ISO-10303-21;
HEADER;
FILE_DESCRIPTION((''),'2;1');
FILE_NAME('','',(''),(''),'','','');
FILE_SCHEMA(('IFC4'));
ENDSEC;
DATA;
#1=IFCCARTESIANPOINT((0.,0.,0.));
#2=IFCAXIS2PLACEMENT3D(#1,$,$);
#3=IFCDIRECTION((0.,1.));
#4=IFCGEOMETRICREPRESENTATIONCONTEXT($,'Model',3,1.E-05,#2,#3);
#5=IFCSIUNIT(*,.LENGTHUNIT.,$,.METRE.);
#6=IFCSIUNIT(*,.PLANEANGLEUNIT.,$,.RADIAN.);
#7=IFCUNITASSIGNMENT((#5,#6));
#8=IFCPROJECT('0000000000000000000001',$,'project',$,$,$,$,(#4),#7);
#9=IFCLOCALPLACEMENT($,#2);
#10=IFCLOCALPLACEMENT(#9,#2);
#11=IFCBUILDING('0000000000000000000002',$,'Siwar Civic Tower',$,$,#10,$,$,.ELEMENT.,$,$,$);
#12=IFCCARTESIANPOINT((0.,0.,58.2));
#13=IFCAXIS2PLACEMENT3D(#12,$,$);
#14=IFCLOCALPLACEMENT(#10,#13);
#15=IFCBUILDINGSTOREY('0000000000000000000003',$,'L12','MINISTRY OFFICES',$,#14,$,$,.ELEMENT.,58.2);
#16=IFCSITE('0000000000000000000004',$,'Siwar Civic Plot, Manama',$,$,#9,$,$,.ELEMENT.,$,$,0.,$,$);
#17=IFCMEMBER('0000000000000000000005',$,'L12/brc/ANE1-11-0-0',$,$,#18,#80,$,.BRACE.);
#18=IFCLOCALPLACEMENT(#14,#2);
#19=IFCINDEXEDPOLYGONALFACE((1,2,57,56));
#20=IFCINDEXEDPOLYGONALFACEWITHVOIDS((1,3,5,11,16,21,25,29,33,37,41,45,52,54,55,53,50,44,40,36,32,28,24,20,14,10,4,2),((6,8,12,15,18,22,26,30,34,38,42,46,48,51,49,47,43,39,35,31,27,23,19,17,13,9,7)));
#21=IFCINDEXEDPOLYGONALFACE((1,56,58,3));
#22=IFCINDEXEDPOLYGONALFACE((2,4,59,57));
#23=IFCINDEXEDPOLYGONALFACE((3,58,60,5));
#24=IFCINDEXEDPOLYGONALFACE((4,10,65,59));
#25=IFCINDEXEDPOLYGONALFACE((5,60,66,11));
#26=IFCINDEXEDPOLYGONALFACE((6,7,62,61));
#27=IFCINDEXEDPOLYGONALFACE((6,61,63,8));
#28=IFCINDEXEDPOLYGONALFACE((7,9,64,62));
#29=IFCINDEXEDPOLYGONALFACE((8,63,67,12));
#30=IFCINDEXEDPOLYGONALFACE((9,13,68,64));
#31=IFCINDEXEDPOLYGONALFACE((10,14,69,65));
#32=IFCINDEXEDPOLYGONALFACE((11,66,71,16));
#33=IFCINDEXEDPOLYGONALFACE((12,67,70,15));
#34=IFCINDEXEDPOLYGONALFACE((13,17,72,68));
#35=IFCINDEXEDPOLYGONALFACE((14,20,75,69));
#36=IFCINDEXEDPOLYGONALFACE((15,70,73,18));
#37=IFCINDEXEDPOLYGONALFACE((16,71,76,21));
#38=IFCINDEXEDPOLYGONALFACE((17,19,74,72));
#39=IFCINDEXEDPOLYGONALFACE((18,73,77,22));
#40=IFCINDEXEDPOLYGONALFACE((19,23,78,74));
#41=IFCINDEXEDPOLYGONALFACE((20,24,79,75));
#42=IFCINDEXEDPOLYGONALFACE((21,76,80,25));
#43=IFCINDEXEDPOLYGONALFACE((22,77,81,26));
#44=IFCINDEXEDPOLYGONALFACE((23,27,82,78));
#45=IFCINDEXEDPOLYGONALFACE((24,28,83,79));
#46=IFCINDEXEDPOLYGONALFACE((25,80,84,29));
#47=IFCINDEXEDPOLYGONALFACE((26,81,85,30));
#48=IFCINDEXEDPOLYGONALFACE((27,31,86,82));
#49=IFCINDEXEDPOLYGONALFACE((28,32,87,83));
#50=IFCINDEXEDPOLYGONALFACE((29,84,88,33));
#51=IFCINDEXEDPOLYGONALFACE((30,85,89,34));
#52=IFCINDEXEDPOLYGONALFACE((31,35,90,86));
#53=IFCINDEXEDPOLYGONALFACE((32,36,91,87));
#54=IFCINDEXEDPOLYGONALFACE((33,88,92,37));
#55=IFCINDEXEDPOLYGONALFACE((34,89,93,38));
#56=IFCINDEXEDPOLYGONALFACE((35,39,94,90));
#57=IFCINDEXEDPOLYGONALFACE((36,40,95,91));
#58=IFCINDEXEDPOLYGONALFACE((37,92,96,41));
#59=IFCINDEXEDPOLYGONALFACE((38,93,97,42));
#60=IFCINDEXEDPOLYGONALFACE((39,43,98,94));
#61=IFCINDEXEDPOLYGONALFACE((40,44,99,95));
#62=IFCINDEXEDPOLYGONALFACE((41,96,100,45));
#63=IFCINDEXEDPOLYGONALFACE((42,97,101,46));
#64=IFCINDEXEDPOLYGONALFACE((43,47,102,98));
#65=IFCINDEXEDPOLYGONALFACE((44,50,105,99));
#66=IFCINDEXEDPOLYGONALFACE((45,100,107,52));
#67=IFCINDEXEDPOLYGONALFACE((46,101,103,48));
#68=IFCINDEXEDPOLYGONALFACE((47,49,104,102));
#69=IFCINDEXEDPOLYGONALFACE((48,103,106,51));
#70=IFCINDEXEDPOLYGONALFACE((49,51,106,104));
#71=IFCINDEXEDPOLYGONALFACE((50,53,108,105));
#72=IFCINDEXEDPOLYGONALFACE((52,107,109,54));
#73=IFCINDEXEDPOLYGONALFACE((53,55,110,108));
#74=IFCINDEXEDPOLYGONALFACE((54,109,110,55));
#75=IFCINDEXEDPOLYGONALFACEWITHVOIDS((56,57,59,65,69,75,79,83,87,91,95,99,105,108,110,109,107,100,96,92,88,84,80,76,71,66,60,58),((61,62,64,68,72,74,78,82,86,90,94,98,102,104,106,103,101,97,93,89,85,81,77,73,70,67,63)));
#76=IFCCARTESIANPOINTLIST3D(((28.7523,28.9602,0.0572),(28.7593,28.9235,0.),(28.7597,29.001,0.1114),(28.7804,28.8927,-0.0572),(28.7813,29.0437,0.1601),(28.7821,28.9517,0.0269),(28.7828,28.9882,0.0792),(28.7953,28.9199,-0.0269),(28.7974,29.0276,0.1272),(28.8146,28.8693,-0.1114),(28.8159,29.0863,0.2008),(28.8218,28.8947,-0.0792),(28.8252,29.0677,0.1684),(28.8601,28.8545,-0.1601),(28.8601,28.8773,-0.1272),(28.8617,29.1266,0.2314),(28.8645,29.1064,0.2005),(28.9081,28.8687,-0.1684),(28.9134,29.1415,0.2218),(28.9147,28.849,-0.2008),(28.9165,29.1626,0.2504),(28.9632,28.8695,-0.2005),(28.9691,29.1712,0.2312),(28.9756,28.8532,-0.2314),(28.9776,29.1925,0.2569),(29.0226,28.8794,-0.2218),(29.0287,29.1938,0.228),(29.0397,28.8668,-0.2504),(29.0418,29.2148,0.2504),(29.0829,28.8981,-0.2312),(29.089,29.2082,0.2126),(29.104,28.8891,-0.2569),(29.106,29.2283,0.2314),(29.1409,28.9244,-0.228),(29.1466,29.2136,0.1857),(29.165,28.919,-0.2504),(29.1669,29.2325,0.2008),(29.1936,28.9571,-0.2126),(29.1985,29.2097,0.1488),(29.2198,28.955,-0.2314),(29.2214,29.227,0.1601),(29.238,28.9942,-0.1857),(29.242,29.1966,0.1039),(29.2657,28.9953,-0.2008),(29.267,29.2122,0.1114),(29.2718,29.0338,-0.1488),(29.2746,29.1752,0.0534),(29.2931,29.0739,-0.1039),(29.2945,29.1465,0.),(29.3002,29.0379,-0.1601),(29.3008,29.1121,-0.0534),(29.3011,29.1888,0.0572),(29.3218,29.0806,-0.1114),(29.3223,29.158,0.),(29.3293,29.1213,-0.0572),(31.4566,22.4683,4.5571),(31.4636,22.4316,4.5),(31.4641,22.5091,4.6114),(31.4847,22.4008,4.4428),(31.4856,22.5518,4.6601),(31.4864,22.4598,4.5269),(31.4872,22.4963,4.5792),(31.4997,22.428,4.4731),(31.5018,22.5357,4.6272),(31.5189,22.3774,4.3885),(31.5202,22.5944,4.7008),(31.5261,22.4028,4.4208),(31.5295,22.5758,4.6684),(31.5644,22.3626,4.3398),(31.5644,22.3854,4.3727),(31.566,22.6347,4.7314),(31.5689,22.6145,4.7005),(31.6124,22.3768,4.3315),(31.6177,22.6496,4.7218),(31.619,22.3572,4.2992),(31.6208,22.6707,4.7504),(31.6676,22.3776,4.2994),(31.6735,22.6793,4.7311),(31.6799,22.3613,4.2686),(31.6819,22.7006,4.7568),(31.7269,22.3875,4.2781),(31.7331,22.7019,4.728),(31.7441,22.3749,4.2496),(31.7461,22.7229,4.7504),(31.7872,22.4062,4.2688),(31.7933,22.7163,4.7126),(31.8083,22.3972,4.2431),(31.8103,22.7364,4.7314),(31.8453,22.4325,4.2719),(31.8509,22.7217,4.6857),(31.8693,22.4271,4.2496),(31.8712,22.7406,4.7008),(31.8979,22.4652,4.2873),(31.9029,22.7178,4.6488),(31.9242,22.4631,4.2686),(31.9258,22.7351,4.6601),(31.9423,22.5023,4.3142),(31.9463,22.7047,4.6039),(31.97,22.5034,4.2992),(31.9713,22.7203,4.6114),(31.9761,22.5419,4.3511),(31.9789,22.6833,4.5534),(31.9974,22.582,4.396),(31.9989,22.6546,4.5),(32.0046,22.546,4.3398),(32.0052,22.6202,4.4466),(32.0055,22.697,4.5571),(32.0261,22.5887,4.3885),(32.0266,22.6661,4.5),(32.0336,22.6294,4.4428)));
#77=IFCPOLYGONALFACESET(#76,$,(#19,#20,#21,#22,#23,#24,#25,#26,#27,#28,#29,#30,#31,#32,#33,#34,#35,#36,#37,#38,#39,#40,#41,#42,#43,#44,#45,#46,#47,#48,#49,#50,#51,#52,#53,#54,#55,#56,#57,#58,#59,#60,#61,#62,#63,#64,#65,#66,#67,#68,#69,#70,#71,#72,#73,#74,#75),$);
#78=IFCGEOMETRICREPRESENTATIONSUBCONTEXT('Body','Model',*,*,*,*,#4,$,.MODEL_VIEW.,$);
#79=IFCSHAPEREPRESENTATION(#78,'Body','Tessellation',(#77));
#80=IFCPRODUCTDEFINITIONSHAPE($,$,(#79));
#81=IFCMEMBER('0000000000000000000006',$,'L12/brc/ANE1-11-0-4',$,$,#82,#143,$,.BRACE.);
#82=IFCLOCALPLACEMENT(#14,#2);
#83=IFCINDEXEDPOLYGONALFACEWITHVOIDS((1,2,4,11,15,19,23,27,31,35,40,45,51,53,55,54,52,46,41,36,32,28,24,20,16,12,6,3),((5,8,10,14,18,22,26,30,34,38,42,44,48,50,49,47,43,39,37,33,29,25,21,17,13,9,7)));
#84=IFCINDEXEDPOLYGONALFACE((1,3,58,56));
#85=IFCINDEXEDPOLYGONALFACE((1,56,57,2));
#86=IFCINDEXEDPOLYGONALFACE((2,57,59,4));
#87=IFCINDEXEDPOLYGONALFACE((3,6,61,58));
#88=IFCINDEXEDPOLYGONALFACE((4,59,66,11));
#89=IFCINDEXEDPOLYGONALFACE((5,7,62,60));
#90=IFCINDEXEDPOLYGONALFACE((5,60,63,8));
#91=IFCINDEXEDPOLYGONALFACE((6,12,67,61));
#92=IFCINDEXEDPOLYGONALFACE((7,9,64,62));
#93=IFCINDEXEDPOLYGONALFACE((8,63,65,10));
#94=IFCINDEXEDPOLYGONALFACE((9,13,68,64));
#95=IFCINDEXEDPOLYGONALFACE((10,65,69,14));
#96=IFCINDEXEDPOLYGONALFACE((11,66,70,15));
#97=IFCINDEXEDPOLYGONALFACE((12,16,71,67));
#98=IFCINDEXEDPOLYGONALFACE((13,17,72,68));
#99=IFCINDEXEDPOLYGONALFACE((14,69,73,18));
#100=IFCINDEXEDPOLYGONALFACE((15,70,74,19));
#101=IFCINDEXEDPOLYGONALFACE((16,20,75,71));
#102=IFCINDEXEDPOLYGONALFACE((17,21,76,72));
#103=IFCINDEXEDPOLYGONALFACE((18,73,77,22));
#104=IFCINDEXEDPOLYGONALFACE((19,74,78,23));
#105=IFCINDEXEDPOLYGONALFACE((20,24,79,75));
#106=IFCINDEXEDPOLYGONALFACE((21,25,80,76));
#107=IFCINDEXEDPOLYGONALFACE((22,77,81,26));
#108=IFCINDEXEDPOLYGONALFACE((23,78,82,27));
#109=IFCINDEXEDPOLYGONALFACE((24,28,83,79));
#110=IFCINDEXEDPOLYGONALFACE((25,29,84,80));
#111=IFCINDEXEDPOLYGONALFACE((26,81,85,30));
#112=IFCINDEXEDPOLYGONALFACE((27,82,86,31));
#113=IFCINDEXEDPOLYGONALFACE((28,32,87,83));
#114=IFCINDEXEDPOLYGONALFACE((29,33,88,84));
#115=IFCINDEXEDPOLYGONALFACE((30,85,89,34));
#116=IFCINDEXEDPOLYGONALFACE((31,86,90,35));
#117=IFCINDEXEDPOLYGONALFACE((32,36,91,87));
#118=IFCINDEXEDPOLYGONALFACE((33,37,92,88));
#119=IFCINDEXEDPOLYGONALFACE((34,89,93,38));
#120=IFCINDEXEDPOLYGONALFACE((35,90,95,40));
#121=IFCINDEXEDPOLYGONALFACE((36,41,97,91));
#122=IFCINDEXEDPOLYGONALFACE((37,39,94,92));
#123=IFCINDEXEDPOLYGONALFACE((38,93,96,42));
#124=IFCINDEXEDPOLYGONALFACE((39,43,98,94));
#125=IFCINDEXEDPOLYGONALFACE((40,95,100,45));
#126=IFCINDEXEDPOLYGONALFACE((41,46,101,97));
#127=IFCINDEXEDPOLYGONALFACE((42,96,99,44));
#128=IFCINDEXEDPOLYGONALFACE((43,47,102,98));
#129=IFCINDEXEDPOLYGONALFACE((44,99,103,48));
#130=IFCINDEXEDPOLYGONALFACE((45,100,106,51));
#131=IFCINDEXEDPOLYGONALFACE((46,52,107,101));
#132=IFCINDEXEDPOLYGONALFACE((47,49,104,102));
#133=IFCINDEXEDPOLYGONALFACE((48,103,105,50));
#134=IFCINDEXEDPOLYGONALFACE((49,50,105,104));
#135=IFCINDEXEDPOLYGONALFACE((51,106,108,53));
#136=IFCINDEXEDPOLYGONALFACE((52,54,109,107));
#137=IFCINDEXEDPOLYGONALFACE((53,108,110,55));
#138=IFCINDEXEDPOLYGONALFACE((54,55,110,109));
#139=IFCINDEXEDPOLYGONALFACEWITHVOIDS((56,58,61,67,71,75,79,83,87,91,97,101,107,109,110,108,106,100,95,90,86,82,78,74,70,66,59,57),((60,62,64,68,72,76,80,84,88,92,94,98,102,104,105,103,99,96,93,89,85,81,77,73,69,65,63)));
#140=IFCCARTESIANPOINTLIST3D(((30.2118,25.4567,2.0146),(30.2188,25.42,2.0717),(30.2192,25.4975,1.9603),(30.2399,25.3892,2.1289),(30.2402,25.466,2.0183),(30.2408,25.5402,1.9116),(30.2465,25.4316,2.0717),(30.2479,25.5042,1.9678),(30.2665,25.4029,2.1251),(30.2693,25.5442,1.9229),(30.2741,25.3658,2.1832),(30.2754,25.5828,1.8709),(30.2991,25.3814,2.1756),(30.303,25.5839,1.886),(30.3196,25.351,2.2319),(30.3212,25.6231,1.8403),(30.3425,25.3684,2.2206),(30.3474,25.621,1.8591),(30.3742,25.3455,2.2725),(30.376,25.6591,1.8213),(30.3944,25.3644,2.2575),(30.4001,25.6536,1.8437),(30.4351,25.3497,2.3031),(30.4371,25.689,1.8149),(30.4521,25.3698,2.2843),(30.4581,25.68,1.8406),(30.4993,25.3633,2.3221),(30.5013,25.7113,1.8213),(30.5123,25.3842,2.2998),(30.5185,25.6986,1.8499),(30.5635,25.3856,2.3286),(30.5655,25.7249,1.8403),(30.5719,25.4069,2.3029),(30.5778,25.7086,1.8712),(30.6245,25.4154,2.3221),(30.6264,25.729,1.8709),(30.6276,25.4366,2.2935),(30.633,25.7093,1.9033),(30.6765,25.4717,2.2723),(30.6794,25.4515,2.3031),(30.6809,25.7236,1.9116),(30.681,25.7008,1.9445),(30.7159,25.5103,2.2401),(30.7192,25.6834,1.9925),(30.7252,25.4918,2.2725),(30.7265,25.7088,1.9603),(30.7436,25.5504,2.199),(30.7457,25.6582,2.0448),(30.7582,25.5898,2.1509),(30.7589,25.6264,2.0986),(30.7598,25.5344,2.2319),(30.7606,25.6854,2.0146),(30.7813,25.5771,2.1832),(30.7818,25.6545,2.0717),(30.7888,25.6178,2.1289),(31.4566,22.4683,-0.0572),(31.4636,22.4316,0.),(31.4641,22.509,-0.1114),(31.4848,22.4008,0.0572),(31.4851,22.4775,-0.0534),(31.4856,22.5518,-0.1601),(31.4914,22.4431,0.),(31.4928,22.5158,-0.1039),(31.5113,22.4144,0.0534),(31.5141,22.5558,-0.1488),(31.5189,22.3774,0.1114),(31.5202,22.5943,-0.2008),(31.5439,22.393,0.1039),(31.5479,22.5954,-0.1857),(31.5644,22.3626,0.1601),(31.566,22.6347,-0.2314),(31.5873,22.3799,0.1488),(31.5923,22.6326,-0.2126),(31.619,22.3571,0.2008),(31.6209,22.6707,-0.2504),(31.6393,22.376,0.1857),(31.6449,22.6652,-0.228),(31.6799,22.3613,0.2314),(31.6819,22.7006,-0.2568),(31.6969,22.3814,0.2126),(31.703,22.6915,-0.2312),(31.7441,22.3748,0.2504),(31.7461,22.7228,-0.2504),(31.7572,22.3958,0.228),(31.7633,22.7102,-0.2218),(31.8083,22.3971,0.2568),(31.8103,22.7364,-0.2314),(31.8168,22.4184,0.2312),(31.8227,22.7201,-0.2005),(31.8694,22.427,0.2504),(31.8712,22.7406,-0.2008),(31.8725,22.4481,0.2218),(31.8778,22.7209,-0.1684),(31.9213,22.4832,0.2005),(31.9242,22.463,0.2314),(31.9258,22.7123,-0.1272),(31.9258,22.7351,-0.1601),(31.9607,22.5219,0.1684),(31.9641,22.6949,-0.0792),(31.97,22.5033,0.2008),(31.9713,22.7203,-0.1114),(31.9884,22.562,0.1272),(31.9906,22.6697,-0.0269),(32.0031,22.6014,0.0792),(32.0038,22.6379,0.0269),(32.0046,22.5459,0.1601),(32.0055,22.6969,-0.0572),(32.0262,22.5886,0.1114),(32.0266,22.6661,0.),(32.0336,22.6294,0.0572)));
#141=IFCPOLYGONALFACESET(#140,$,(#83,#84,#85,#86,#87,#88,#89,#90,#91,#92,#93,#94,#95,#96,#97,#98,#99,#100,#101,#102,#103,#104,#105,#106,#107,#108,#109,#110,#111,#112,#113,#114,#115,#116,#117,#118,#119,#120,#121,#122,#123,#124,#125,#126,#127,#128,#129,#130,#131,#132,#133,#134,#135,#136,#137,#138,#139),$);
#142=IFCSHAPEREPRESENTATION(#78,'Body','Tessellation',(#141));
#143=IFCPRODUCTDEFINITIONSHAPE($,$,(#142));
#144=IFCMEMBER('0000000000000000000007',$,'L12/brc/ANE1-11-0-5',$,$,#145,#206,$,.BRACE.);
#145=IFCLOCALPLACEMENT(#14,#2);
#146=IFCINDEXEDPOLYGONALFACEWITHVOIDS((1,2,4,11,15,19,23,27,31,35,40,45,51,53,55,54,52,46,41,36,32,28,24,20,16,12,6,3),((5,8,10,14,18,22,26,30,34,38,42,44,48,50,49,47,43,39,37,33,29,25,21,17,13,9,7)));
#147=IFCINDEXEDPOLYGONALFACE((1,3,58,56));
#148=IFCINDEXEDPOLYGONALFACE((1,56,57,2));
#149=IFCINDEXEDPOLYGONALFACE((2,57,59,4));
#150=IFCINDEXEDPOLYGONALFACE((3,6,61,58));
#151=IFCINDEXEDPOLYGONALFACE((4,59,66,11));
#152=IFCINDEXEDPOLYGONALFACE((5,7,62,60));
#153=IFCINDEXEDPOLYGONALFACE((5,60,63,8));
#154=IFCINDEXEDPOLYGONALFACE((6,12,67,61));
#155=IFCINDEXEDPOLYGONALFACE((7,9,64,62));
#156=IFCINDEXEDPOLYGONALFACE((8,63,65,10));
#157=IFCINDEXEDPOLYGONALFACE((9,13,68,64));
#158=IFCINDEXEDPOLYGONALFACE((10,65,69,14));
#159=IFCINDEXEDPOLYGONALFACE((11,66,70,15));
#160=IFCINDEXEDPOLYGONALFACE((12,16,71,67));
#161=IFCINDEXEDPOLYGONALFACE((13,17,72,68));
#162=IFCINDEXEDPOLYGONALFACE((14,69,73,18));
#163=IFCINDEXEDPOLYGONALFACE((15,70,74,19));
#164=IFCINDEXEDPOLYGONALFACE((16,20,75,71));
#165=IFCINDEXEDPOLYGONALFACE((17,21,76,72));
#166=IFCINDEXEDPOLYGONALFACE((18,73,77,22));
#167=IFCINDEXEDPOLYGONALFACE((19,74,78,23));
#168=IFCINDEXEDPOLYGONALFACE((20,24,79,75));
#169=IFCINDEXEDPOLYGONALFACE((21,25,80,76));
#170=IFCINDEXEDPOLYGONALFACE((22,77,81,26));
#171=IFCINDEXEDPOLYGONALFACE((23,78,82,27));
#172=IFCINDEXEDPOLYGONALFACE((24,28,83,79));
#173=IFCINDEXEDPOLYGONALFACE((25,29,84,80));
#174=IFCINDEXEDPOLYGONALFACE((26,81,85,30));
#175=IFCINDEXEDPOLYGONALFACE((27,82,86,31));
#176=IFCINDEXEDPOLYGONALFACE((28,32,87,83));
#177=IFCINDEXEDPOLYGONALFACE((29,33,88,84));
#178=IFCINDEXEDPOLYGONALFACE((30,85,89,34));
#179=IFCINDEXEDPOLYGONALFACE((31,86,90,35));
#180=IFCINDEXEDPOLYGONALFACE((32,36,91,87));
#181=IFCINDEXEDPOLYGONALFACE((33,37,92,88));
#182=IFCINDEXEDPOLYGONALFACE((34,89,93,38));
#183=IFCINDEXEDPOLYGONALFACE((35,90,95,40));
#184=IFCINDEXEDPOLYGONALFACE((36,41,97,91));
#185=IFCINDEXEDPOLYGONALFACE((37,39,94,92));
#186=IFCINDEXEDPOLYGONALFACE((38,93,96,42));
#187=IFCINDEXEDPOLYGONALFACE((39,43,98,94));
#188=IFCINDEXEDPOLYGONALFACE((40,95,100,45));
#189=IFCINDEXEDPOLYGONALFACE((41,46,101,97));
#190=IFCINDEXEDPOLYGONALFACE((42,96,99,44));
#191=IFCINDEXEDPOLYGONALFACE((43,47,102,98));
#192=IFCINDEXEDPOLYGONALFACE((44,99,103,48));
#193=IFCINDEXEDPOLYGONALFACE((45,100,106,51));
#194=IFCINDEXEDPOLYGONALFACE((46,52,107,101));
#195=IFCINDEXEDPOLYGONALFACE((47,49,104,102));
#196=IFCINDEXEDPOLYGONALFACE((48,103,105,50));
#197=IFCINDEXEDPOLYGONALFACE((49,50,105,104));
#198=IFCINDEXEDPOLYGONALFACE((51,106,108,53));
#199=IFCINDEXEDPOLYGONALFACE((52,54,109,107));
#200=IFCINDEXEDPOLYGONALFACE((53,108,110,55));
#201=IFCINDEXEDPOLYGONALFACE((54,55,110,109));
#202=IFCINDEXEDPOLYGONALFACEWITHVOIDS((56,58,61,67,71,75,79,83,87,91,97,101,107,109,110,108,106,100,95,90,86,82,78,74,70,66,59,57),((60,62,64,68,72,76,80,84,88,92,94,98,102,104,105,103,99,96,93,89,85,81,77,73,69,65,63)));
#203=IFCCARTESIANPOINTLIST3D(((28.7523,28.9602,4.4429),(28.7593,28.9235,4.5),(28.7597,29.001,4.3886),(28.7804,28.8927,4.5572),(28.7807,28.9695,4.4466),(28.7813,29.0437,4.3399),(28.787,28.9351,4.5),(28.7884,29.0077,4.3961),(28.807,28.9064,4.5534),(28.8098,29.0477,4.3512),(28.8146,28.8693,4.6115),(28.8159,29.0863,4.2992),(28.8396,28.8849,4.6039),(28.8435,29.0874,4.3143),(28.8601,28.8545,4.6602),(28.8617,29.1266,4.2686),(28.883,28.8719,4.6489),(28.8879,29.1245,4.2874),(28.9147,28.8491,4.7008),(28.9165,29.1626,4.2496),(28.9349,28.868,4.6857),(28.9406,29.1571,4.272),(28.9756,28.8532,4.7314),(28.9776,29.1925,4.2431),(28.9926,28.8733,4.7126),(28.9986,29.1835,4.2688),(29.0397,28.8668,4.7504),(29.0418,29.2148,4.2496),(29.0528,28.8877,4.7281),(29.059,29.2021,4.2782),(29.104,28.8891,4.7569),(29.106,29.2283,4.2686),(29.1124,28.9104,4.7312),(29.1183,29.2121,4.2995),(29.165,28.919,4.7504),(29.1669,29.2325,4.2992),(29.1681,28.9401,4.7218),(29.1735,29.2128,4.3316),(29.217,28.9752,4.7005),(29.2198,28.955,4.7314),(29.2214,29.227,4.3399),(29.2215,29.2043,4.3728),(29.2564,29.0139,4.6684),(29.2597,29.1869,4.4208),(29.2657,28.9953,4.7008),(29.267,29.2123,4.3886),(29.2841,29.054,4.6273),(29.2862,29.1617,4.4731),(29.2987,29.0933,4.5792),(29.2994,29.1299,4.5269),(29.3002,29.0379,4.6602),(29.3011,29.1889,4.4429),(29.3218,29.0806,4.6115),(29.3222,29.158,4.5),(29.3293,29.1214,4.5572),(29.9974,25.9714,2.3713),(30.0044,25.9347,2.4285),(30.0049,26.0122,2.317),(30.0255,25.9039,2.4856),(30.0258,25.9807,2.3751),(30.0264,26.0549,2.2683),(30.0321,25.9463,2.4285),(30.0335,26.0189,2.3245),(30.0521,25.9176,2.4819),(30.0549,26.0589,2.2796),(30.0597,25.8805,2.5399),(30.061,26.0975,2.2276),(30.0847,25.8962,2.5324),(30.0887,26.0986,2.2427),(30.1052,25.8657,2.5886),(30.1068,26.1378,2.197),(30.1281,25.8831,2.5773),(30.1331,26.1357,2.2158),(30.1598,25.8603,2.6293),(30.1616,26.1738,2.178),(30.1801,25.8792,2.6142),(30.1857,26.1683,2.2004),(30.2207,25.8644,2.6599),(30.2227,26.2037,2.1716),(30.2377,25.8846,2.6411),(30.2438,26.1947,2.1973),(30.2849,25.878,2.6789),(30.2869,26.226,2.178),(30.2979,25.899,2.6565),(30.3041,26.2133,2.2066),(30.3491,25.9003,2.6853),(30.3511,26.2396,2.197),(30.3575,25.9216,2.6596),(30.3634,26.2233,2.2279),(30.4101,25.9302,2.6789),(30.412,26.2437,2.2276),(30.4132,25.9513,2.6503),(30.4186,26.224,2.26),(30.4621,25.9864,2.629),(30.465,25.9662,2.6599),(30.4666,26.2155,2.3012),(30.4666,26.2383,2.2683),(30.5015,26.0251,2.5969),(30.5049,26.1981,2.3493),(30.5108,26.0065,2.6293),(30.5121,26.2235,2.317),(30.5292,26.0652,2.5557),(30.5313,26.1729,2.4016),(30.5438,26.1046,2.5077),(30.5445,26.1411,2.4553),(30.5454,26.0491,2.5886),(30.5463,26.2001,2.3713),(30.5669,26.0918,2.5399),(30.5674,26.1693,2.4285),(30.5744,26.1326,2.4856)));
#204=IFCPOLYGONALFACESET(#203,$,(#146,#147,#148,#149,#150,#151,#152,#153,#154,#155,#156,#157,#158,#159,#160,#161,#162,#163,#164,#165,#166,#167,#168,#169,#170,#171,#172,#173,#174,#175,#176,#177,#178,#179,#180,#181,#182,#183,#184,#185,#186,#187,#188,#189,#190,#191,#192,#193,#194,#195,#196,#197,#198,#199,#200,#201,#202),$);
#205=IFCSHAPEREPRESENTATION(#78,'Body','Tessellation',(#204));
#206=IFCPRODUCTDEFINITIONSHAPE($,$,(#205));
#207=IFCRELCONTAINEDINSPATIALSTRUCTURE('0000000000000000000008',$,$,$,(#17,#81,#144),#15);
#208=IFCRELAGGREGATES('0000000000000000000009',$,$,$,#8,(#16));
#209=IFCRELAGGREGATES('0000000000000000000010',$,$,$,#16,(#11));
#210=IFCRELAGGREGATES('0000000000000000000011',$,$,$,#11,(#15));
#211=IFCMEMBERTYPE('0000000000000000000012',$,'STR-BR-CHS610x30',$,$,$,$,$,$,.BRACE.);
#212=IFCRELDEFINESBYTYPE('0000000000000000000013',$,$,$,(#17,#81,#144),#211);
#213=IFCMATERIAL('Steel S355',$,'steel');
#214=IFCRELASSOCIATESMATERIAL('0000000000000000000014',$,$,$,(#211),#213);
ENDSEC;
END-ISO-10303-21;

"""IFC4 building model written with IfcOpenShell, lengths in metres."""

from ifc_helpers import new_model, si_unit, direction, frame, origin, origin_2d, place, context, subcontext, project, spatial, hollow_circle, extrude, material, material_profile, profile_set, type_object, element, save


model = new_model("IFC4")

# Units and contexts
model_context = context("Model", 3, precision=1e-05, world=origin(), true_north=direction((0.0, 1.0)))
body_context = subcontext(model_context, "Body", "Model", "MODEL_VIEW")
ifc_project = project(units=[si_unit("LENGTHUNIT", "METRE"), si_unit("PLANEANGLEUNIT", "RADIAN")], contexts=[model_context])

# Site, building, storey
site_placement = place(None, origin())
site = spatial("IfcSite", under=ifc_project, at=site_placement, Name="Siwar Civic Plot, Manama", CompositionType="ELEMENT", RefElevation=0.0)
building_placement = place(site_placement, origin())
building = spatial("IfcBuilding", under=site, at=building_placement, Name="Siwar Civic Tower", CompositionType="ELEMENT")
storey_placement = place(building_placement, frame((0.0, 0.0, 58.2)))
storey = spatial("IfcBuildingStorey", under=building, at=storey_placement, Name="L12", Description="MINISTRY OFFICES", CompositionType="ELEMENT", Elevation=58.2)

# Members
ifc_material_1 = material(Name="Steel S355", Category="steel")
ifc_material_profile_1 = material_profile(ifc_material_1, hollow_circle(Radius=0.3049, WallThickness=0.03, at=origin_2d()), Name="CHS610x30")
ifc_profile_set_1 = profile_set([ifc_material_profile_1], Name="Steel S355")
member_type_1 = type_object("IfcMemberType", Name="STR-BR-CHS610x30", PredefinedType="BRACE", material=ifc_profile_set_1)
member_1_placement = place(storey_placement, frame((29.0408, 29.0408, 0.0), z_axis=(0.323906, -0.777555, 0.538975), x_axis=(0.923109, 0.384539, 0.0)))
element("IfcMember", 1, at=member_1_placement, inside=storey, type_object=member_type_1, Name="L12/brc/ANE1-11-0-0", PredefinedType="BRACE", context=body_context, shape_type="SweptSolid", body=[
    extrude(hollow_circle(Radius=0.3049, WallThickness=0.03, at=origin_2d()), origin(), (0.0, 0.0, 1.0), 8.3491),
])
member_2_placement = place(storey_placement, frame((31.7451, 22.5488, 0.0), z_axis=(-0.323882, 0.777533, 0.53902), x_axis=(-0.923115, -0.384524, 0.0)))
element("IfcMember", 2, at=member_2_placement, inside=storey, type_object=member_type_1, Name="L12/brc/ANE1-11-0-4", PredefinedType="BRACE", context=body_context, shape_type="SweptSolid", body=[
    extrude(hollow_circle(Radius=0.3049, WallThickness=0.03, at=origin_2d()), origin(), (0.0, 0.0, 1.0), 3.8435),
])
member_3_placement = place(storey_placement, frame((30.2859, 26.052, 2.4285), z_axis=(-0.323934, 0.777569, 0.538937), x_axis=(-0.923099, -0.384562, 0.0)))
element("IfcMember", 3, at=member_3_placement, inside=storey, type_object=member_type_1, Name="L12/brc/ANE1-11-0-5", PredefinedType="BRACE", context=body_context, shape_type="SweptSolid", body=[
    extrude(hollow_circle(Radius=0.3049, WallThickness=0.03, at=origin_2d()), origin(), (0.0, 0.0, 1.0), 3.8438),
])

save(model, "model.ifc")
